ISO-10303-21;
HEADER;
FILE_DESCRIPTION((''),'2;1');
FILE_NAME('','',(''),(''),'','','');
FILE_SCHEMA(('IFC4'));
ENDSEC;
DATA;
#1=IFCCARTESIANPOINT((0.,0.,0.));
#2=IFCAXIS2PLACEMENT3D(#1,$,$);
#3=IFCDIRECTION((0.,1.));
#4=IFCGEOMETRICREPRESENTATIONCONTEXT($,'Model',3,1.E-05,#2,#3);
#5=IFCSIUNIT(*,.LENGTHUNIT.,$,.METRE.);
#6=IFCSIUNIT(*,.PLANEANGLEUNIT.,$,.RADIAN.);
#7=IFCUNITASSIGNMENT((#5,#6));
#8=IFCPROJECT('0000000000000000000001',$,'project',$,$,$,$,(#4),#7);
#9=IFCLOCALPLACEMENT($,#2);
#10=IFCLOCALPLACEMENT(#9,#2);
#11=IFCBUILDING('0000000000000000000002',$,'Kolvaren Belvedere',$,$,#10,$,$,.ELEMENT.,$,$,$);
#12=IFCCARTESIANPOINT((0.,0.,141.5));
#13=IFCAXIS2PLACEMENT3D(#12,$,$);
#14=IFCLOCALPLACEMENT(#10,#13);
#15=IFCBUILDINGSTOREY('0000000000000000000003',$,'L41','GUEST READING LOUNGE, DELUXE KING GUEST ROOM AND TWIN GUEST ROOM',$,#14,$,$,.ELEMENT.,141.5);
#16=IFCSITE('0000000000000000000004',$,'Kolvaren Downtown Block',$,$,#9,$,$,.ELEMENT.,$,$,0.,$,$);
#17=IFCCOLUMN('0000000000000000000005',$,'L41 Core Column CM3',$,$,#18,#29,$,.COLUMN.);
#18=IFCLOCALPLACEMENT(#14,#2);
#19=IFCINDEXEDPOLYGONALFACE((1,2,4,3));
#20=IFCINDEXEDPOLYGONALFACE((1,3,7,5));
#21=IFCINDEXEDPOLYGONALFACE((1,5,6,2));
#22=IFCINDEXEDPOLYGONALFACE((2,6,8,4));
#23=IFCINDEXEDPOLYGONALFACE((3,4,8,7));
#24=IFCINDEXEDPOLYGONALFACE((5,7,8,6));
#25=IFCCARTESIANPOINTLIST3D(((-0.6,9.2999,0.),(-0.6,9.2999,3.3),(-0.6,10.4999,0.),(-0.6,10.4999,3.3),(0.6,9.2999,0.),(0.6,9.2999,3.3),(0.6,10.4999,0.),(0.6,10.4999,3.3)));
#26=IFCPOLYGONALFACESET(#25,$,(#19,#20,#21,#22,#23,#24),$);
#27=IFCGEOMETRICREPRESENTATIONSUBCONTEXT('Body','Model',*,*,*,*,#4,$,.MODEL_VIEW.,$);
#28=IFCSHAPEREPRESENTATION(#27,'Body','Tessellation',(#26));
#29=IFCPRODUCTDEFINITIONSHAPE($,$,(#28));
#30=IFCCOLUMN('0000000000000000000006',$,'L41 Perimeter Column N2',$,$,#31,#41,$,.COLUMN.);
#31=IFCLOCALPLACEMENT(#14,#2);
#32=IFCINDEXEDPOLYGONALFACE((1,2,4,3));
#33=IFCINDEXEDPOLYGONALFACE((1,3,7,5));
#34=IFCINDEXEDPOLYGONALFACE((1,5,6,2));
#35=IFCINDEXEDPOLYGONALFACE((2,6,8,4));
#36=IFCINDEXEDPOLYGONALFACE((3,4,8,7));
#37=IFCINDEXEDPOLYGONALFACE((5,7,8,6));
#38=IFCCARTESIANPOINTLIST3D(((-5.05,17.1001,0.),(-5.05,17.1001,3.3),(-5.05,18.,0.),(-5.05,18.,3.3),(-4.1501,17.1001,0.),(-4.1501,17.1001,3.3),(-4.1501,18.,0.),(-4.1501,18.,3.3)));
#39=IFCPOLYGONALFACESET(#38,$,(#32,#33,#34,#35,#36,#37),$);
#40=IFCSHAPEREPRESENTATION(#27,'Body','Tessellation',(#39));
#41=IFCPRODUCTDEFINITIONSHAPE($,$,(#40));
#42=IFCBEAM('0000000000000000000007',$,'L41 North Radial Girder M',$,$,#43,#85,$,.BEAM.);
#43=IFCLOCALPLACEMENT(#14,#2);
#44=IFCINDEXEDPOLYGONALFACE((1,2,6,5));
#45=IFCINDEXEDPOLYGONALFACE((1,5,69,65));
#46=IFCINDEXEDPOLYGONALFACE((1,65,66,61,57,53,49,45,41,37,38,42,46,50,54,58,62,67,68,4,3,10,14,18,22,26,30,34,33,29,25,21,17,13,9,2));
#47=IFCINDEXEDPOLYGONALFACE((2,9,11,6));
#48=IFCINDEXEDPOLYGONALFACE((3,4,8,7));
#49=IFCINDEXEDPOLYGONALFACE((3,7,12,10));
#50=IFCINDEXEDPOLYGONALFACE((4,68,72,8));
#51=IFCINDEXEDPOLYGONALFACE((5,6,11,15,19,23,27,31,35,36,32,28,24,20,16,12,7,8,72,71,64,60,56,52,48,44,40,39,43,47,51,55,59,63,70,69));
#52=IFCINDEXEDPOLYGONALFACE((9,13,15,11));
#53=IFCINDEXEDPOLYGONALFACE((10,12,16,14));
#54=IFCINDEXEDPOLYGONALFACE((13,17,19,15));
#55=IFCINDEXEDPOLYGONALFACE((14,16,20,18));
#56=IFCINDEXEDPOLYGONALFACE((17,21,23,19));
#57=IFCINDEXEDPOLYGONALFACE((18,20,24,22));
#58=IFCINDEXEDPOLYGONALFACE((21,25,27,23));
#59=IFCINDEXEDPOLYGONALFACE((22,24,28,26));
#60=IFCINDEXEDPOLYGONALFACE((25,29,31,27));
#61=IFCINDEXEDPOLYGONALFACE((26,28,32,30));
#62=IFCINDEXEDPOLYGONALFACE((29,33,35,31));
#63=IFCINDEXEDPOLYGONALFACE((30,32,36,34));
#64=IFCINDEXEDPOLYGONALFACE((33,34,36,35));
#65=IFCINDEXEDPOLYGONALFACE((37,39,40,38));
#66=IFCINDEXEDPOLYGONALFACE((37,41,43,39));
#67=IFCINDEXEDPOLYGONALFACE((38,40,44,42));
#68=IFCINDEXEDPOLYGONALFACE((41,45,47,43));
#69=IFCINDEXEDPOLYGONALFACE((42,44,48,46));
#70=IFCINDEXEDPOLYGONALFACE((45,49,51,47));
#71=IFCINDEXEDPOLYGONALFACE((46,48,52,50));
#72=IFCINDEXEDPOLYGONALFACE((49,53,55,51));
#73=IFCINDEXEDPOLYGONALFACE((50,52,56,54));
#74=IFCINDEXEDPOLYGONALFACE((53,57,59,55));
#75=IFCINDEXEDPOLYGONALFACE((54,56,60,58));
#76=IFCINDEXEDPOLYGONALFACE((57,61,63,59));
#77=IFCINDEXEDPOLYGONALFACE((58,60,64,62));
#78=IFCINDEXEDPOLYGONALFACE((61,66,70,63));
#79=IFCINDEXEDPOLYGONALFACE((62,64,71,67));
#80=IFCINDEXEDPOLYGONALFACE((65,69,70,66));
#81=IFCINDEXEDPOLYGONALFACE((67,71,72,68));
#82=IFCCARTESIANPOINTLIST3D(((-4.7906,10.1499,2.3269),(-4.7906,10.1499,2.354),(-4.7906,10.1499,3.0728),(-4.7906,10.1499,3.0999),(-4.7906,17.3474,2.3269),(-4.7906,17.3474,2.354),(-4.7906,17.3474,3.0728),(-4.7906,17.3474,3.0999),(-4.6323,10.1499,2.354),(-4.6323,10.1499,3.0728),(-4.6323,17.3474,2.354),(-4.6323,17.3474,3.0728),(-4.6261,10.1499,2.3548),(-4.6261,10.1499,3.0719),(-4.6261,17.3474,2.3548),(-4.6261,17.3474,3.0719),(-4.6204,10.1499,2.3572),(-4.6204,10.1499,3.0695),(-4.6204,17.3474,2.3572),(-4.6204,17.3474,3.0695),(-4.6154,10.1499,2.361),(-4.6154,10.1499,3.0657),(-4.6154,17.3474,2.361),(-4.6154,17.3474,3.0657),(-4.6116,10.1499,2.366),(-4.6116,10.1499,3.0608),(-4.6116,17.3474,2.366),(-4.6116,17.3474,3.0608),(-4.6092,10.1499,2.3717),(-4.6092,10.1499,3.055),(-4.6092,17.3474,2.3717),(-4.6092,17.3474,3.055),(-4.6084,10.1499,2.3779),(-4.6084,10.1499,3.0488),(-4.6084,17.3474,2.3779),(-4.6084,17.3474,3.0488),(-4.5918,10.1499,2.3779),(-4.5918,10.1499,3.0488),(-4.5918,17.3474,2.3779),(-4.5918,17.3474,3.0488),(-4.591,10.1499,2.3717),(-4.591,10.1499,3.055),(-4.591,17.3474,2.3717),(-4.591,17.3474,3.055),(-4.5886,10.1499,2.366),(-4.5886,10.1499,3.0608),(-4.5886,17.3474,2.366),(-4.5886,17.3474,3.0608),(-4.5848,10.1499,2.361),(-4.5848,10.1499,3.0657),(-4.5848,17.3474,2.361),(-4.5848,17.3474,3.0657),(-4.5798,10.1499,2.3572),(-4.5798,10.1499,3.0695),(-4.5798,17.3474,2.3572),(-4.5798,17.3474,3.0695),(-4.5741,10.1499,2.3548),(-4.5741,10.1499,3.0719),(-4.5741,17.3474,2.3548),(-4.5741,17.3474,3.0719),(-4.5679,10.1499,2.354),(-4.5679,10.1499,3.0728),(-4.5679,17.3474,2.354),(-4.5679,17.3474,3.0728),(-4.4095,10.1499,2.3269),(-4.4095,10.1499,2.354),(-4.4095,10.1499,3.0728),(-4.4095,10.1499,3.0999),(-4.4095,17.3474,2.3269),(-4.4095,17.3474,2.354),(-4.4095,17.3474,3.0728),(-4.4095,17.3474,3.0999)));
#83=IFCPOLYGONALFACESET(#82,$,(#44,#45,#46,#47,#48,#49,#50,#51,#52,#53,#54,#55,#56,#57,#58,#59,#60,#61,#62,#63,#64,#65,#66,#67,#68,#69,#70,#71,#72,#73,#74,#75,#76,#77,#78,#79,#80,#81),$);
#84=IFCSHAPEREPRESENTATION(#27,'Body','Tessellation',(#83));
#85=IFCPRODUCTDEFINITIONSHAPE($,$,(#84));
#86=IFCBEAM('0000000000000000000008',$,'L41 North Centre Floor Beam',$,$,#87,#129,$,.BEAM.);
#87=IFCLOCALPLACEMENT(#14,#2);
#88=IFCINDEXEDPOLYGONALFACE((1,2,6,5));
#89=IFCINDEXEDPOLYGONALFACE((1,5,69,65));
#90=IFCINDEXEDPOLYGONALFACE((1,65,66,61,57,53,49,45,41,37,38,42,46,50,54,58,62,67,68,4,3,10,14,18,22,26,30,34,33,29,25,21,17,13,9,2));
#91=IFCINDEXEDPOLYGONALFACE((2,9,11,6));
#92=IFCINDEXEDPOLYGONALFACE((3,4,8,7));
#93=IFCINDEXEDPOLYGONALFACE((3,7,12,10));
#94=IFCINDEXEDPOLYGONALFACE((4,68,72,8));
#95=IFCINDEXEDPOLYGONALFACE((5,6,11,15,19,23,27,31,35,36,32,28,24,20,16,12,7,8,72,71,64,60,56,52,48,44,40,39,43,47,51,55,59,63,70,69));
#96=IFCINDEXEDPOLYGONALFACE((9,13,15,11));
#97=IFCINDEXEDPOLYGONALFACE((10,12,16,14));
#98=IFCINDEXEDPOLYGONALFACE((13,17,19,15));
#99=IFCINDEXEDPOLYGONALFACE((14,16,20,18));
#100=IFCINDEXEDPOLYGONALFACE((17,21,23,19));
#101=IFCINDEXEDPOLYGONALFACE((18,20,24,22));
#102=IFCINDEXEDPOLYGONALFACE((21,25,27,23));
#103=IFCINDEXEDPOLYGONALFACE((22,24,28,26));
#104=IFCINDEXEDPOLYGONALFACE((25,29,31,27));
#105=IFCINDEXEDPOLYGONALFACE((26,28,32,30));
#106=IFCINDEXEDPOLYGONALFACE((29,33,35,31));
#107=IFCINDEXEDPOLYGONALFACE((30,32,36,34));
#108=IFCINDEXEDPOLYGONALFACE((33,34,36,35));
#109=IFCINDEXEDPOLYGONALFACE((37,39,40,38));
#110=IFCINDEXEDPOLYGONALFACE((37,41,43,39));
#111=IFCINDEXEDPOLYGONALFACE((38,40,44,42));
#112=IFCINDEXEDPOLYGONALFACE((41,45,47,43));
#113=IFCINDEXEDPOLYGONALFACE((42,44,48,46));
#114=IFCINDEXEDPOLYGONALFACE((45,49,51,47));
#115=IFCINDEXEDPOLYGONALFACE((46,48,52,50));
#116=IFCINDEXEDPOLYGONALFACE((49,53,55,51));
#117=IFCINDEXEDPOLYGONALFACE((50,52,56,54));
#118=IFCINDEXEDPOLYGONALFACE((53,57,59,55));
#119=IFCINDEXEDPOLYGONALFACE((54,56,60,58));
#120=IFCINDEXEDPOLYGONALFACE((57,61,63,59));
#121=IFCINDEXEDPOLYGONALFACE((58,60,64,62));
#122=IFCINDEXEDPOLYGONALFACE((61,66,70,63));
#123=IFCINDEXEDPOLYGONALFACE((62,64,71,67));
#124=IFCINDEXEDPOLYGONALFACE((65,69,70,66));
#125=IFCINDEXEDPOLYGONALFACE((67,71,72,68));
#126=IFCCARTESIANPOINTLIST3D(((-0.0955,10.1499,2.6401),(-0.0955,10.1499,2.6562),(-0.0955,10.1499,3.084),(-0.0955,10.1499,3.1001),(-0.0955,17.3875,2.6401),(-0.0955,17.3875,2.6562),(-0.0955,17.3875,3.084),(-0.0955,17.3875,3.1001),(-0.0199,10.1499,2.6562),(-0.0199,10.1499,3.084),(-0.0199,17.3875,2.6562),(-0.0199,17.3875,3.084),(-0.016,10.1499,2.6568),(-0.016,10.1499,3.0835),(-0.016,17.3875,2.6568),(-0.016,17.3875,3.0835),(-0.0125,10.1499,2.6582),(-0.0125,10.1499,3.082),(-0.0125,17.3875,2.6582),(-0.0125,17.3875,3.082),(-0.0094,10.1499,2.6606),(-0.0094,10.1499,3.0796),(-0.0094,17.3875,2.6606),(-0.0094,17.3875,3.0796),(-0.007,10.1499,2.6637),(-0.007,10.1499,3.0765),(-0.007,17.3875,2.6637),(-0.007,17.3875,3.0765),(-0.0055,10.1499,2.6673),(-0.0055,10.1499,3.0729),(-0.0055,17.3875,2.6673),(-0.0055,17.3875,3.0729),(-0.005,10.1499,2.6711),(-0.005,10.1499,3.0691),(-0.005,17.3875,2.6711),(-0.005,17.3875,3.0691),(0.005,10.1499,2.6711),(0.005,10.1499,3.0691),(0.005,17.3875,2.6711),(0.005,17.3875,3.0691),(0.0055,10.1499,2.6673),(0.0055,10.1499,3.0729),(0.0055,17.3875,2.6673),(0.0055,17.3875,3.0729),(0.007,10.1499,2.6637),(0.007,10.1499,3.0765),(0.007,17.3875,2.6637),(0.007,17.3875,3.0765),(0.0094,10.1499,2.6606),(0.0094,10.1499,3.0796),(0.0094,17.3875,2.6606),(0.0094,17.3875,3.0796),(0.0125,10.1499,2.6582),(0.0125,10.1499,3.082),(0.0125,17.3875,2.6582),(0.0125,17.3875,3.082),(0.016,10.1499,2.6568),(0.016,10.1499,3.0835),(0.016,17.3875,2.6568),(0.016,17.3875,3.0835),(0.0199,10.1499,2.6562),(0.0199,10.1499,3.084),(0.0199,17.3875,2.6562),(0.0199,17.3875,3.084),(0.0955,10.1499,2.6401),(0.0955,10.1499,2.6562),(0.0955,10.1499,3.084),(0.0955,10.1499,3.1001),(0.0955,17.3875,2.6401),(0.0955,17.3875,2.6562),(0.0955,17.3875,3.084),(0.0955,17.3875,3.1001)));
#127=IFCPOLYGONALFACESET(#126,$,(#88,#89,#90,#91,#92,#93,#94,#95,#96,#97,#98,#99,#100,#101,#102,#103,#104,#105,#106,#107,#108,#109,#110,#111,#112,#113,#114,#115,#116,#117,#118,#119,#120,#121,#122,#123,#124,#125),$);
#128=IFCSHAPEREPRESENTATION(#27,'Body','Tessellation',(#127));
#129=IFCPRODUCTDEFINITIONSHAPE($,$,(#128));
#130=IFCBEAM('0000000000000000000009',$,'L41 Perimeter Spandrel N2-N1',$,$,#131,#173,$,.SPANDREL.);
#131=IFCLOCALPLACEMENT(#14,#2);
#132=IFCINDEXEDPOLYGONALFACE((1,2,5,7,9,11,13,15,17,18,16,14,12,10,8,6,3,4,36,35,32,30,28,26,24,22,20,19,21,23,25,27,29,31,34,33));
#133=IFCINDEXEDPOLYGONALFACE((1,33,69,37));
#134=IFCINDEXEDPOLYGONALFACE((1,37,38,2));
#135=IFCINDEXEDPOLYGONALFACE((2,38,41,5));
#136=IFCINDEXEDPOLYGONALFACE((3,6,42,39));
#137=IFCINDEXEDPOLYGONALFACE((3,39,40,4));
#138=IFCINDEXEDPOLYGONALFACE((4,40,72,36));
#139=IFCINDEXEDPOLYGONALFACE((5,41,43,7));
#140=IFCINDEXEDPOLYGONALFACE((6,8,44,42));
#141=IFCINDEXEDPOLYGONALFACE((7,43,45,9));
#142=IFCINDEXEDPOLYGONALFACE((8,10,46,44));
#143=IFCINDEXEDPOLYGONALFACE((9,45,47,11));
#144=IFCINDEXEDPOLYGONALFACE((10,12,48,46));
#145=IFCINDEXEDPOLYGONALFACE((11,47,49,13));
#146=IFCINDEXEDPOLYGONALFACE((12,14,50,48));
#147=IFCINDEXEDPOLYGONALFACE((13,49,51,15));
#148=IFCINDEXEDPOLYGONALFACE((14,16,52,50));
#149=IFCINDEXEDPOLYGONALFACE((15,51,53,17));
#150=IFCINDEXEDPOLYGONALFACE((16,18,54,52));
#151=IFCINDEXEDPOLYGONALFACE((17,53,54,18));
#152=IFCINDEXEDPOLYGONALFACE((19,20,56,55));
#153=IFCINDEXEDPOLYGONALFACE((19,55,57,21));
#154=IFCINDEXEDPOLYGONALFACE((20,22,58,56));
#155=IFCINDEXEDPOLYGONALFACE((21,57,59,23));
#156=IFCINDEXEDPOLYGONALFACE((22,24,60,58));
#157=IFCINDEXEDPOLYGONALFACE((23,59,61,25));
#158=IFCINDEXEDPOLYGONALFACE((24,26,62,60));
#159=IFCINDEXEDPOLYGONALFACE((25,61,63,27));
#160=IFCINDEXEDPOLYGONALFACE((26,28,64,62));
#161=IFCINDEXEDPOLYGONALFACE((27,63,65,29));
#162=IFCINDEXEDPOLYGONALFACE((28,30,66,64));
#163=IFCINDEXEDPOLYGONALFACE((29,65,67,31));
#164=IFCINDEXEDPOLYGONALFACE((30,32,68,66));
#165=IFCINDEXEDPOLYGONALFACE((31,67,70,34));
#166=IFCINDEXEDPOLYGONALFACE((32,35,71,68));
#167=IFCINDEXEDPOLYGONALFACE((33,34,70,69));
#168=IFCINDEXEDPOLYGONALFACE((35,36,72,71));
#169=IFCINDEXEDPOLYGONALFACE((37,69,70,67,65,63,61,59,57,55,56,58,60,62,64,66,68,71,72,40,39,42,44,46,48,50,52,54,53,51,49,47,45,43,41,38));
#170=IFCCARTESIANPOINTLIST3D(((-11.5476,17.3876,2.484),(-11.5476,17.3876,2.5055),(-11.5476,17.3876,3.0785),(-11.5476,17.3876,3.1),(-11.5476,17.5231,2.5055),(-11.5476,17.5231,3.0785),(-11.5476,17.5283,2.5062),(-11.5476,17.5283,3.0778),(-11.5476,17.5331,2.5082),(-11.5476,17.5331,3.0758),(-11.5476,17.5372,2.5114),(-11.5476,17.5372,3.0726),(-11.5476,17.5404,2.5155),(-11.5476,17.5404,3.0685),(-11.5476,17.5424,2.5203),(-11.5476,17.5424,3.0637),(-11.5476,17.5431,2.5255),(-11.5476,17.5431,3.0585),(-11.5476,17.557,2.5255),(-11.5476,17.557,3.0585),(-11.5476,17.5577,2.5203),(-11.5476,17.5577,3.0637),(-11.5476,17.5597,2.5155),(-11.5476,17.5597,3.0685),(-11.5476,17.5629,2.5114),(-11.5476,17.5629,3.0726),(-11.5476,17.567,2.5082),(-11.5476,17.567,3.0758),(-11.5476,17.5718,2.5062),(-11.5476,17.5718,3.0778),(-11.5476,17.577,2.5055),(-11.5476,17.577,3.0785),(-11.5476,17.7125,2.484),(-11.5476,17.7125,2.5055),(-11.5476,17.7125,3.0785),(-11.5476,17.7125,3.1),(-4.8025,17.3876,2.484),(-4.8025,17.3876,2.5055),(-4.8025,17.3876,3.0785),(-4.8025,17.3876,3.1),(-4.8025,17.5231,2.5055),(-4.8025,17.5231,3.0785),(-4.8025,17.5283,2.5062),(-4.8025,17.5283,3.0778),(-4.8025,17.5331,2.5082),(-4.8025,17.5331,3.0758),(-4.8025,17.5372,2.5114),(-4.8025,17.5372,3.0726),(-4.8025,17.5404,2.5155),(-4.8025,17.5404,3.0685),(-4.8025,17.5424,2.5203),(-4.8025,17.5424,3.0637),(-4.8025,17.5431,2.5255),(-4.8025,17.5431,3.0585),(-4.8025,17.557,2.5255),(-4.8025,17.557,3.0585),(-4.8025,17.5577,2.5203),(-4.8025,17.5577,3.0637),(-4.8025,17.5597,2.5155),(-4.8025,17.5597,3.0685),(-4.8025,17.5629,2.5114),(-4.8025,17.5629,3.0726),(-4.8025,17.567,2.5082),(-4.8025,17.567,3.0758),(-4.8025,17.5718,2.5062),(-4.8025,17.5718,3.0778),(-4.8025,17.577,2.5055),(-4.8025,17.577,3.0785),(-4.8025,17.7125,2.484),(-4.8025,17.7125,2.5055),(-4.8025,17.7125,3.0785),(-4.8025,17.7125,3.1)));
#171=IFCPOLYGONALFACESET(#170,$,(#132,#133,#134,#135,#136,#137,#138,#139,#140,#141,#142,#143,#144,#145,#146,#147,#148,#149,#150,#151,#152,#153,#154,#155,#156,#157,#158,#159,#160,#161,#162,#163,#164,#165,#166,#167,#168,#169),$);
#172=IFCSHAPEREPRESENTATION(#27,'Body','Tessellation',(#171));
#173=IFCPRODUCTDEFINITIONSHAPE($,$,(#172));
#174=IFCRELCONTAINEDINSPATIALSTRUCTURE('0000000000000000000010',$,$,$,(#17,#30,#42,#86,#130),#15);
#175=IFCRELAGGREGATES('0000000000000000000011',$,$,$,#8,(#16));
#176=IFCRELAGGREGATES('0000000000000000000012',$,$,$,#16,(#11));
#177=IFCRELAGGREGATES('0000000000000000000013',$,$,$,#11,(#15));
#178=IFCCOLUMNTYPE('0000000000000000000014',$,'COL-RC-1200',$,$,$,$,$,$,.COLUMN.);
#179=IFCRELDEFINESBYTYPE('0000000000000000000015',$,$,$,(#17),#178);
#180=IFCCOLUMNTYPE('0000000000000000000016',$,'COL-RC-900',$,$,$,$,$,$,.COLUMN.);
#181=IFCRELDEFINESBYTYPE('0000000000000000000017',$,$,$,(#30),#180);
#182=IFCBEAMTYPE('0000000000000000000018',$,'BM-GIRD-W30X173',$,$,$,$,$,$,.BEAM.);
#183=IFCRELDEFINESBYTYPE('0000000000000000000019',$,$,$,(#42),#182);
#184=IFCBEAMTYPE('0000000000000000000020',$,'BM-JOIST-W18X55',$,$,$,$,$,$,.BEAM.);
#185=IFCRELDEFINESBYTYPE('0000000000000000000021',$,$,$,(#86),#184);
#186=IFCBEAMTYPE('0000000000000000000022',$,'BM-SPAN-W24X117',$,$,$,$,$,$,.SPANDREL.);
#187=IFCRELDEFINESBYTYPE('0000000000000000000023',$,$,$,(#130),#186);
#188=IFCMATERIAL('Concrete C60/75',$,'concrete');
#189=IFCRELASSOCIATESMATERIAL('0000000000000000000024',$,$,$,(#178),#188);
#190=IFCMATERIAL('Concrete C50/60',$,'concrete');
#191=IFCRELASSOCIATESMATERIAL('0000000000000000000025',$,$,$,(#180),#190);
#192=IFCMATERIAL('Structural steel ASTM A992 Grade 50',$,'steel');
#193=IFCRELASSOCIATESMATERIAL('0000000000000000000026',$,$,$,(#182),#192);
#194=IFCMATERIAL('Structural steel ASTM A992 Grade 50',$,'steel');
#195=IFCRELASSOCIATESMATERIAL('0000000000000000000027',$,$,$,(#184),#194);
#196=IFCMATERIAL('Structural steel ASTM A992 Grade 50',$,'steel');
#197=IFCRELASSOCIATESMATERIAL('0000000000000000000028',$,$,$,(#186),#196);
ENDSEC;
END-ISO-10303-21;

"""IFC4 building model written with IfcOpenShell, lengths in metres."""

from ifc_helpers import new_model, si_unit, direction, frame, origin, origin_2d, place, context, subcontext, project, spatial, rectangle, i_section, extrude, material, material_profile, profile_set, type_object, element, save


model = new_model("IFC4")

# Units and contexts
model_context = context("Model", 3, precision=1e-05, world=origin(), true_north=direction((0.0, 1.0)))
body_context = subcontext(model_context, "Body", "Model", "MODEL_VIEW")
ifc_project = project(units=[si_unit("LENGTHUNIT", "METRE"), si_unit("PLANEANGLEUNIT", "RADIAN")], contexts=[model_context])

# Site, building, storey
site_placement = place(None, origin())
site = spatial("IfcSite", under=ifc_project, at=site_placement, Name="Kolvaren Downtown Block", CompositionType="ELEMENT", RefElevation=0.0)
building_placement = place(site_placement, origin())
building = spatial("IfcBuilding", under=site, at=building_placement, Name="Kolvaren Belvedere", CompositionType="ELEMENT")
storey_placement = place(building_placement, frame((0.0, 0.0, 141.5)))
storey = spatial("IfcBuildingStorey", under=building, at=storey_placement, Name="L41", Description="GUEST READING LOUNGE, DELUXE KING GUEST ROOM AND TWIN GUEST ROOM", CompositionType="ELEMENT", Elevation=141.5)

# Columns
ifc_material_1 = material(Name="Concrete C60/75", Category="concrete")
ifc_material_profile_1 = material_profile(ifc_material_1, rectangle(XDim=1.2, YDim=1.2, at=origin_2d()), Name="RC 1200X1200")
ifc_profile_set_1 = profile_set([ifc_material_profile_1], Name="Concrete C60/75")
column_type_1 = type_object("IfcColumnType", Name="COL-RC-1200", PredefinedType="COLUMN", material=ifc_profile_set_1)
column_1_placement = place(storey_placement, frame((0.0, 9.8999, 0.0), z_axis=(0.0, 0.0, 1.0), x_axis=(1.0, 0.0, 0.0)))
element("IfcColumn", 1, at=column_1_placement, inside=storey, type_object=column_type_1, Name="L41 Core Column CM3", PredefinedType="COLUMN", context=body_context, shape_type="SweptSolid", body=[
    extrude(rectangle(XDim=1.2, YDim=1.2, at=origin_2d()), origin(), (0.0, 0.0, 1.0), 3.3),
])
ifc_material_2 = material(Name="Concrete C50/60", Category="concrete")
ifc_material_profile_2 = material_profile(ifc_material_2, rectangle(XDim=0.8999, YDim=0.8999, at=origin_2d()), Name="RC 900X900")
ifc_profile_set_2 = profile_set([ifc_material_profile_2], Name="Concrete C50/60")
column_type_2 = type_object("IfcColumnType", Name="COL-RC-900", PredefinedType="COLUMN", material=ifc_profile_set_2)
column_2_placement = place(storey_placement, frame((-4.6001, 17.55, 0.0), z_axis=(0.0, 0.0, 1.0), x_axis=(1.0, 0.0, 0.0)))
element("IfcColumn", 2, at=column_2_placement, inside=storey, type_object=column_type_2, Name="L41 Perimeter Column N2", PredefinedType="COLUMN", context=body_context, shape_type="SweptSolid", body=[
    extrude(rectangle(XDim=0.8999, YDim=0.8999, at=origin_2d()), origin(), (0.0, 0.0, 1.0), 3.3),
])

# Beams
ifc_material_3 = material(Name="Structural steel ASTM A992 Grade 50", Category="steel")
ifc_material_profile_3 = material_profile(ifc_material_3, i_section(OverallWidth=0.3811, OverallDepth=0.7729, WebThickness=0.0166, FlangeThickness=0.0271, FilletRadius=0.0239, at=origin_2d()), Name="W30X173")
ifc_profile_set_3 = profile_set([ifc_material_profile_3], Name="Structural steel ASTM A992 Grade 50")
beam_type_1 = type_object("IfcBeamType", Name="BM-GIRD-W30X173", PredefinedType="BEAM", material=ifc_profile_set_3)
beam_1_placement = place(storey_placement, frame((-4.6001, 10.1499, 2.7134), z_axis=(0.0, 1.0, 0.0), x_axis=(-1.0, 0.0, 0.0)))
element("IfcBeam", 3, at=beam_1_placement, inside=storey, type_object=beam_type_1, Name="L41 North Radial Girder M", PredefinedType="BEAM", context=body_context, shape_type="SweptSolid", body=[
    extrude(i_section(OverallWidth=0.3811, OverallDepth=0.7729, WebThickness=0.0166, FlangeThickness=0.0271, FilletRadius=0.0239, at=origin_2d()), origin(), (0.0, 0.0, 1.0), 7.1975),
])
ifc_material_4 = material(Name="Structural steel ASTM A992 Grade 50", Category="steel")
ifc_material_profile_4 = material_profile(ifc_material_4, i_section(OverallWidth=0.1909, OverallDepth=0.46, WebThickness=0.01, FlangeThickness=0.0161, FilletRadius=0.0149, at=origin_2d()), Name="W18X55")
ifc_profile_set_4 = profile_set([ifc_material_profile_4], Name="Structural steel ASTM A992 Grade 50")
beam_type_2 = type_object("IfcBeamType", Name="BM-JOIST-W18X55", PredefinedType="BEAM", material=ifc_profile_set_4)
beam_2_placement = place(storey_placement, frame((0.0, 10.1499, 2.8701), z_axis=(0.0, 1.0, 0.0), x_axis=(-1.0, 0.0, 0.0)))
element("IfcBeam", 4, at=beam_2_placement, inside=storey, type_object=beam_type_2, Name="L41 North Centre Floor Beam", PredefinedType="BEAM", context=body_context, shape_type="SweptSolid", body=[
    extrude(i_section(OverallWidth=0.1909, OverallDepth=0.46, WebThickness=0.01, FlangeThickness=0.0161, FilletRadius=0.0149, at=origin_2d()), origin(), (0.0, 0.0, 1.0), 7.2375),
])
ifc_material_5 = material(Name="Structural steel ASTM A992 Grade 50", Category="steel")
ifc_material_profile_5 = material_profile(ifc_material_5, i_section(OverallWidth=0.325, OverallDepth=0.616, WebThickness=0.0139, FlangeThickness=0.0215, FilletRadius=0.02, at=origin_2d()), Name="W24X117")
ifc_profile_set_5 = profile_set([ifc_material_profile_5], Name="Structural steel ASTM A992 Grade 50")
beam_type_3 = type_object("IfcBeamType", Name="BM-SPAN-W24X117", PredefinedType="SPANDREL", material=ifc_profile_set_5)
beam_3_placement = place(storey_placement, frame((-4.8025, 17.55, 2.792), z_axis=(-1.0, 0.0, 0.0), x_axis=(0.0, -1.0, 0.0)))
element("IfcBeam", 5, at=beam_3_placement, inside=storey, type_object=beam_type_3, Name="L41 Perimeter Spandrel N2-N1", PredefinedType="SPANDREL", context=body_context, shape_type="SweptSolid", body=[
    extrude(i_section(OverallWidth=0.325, OverallDepth=0.616, WebThickness=0.0139, FlangeThickness=0.0215, FilletRadius=0.02, at=origin_2d()), origin(), (0.0, 0.0, 1.0), 6.7451),
])

save(model, "model.ifc")
